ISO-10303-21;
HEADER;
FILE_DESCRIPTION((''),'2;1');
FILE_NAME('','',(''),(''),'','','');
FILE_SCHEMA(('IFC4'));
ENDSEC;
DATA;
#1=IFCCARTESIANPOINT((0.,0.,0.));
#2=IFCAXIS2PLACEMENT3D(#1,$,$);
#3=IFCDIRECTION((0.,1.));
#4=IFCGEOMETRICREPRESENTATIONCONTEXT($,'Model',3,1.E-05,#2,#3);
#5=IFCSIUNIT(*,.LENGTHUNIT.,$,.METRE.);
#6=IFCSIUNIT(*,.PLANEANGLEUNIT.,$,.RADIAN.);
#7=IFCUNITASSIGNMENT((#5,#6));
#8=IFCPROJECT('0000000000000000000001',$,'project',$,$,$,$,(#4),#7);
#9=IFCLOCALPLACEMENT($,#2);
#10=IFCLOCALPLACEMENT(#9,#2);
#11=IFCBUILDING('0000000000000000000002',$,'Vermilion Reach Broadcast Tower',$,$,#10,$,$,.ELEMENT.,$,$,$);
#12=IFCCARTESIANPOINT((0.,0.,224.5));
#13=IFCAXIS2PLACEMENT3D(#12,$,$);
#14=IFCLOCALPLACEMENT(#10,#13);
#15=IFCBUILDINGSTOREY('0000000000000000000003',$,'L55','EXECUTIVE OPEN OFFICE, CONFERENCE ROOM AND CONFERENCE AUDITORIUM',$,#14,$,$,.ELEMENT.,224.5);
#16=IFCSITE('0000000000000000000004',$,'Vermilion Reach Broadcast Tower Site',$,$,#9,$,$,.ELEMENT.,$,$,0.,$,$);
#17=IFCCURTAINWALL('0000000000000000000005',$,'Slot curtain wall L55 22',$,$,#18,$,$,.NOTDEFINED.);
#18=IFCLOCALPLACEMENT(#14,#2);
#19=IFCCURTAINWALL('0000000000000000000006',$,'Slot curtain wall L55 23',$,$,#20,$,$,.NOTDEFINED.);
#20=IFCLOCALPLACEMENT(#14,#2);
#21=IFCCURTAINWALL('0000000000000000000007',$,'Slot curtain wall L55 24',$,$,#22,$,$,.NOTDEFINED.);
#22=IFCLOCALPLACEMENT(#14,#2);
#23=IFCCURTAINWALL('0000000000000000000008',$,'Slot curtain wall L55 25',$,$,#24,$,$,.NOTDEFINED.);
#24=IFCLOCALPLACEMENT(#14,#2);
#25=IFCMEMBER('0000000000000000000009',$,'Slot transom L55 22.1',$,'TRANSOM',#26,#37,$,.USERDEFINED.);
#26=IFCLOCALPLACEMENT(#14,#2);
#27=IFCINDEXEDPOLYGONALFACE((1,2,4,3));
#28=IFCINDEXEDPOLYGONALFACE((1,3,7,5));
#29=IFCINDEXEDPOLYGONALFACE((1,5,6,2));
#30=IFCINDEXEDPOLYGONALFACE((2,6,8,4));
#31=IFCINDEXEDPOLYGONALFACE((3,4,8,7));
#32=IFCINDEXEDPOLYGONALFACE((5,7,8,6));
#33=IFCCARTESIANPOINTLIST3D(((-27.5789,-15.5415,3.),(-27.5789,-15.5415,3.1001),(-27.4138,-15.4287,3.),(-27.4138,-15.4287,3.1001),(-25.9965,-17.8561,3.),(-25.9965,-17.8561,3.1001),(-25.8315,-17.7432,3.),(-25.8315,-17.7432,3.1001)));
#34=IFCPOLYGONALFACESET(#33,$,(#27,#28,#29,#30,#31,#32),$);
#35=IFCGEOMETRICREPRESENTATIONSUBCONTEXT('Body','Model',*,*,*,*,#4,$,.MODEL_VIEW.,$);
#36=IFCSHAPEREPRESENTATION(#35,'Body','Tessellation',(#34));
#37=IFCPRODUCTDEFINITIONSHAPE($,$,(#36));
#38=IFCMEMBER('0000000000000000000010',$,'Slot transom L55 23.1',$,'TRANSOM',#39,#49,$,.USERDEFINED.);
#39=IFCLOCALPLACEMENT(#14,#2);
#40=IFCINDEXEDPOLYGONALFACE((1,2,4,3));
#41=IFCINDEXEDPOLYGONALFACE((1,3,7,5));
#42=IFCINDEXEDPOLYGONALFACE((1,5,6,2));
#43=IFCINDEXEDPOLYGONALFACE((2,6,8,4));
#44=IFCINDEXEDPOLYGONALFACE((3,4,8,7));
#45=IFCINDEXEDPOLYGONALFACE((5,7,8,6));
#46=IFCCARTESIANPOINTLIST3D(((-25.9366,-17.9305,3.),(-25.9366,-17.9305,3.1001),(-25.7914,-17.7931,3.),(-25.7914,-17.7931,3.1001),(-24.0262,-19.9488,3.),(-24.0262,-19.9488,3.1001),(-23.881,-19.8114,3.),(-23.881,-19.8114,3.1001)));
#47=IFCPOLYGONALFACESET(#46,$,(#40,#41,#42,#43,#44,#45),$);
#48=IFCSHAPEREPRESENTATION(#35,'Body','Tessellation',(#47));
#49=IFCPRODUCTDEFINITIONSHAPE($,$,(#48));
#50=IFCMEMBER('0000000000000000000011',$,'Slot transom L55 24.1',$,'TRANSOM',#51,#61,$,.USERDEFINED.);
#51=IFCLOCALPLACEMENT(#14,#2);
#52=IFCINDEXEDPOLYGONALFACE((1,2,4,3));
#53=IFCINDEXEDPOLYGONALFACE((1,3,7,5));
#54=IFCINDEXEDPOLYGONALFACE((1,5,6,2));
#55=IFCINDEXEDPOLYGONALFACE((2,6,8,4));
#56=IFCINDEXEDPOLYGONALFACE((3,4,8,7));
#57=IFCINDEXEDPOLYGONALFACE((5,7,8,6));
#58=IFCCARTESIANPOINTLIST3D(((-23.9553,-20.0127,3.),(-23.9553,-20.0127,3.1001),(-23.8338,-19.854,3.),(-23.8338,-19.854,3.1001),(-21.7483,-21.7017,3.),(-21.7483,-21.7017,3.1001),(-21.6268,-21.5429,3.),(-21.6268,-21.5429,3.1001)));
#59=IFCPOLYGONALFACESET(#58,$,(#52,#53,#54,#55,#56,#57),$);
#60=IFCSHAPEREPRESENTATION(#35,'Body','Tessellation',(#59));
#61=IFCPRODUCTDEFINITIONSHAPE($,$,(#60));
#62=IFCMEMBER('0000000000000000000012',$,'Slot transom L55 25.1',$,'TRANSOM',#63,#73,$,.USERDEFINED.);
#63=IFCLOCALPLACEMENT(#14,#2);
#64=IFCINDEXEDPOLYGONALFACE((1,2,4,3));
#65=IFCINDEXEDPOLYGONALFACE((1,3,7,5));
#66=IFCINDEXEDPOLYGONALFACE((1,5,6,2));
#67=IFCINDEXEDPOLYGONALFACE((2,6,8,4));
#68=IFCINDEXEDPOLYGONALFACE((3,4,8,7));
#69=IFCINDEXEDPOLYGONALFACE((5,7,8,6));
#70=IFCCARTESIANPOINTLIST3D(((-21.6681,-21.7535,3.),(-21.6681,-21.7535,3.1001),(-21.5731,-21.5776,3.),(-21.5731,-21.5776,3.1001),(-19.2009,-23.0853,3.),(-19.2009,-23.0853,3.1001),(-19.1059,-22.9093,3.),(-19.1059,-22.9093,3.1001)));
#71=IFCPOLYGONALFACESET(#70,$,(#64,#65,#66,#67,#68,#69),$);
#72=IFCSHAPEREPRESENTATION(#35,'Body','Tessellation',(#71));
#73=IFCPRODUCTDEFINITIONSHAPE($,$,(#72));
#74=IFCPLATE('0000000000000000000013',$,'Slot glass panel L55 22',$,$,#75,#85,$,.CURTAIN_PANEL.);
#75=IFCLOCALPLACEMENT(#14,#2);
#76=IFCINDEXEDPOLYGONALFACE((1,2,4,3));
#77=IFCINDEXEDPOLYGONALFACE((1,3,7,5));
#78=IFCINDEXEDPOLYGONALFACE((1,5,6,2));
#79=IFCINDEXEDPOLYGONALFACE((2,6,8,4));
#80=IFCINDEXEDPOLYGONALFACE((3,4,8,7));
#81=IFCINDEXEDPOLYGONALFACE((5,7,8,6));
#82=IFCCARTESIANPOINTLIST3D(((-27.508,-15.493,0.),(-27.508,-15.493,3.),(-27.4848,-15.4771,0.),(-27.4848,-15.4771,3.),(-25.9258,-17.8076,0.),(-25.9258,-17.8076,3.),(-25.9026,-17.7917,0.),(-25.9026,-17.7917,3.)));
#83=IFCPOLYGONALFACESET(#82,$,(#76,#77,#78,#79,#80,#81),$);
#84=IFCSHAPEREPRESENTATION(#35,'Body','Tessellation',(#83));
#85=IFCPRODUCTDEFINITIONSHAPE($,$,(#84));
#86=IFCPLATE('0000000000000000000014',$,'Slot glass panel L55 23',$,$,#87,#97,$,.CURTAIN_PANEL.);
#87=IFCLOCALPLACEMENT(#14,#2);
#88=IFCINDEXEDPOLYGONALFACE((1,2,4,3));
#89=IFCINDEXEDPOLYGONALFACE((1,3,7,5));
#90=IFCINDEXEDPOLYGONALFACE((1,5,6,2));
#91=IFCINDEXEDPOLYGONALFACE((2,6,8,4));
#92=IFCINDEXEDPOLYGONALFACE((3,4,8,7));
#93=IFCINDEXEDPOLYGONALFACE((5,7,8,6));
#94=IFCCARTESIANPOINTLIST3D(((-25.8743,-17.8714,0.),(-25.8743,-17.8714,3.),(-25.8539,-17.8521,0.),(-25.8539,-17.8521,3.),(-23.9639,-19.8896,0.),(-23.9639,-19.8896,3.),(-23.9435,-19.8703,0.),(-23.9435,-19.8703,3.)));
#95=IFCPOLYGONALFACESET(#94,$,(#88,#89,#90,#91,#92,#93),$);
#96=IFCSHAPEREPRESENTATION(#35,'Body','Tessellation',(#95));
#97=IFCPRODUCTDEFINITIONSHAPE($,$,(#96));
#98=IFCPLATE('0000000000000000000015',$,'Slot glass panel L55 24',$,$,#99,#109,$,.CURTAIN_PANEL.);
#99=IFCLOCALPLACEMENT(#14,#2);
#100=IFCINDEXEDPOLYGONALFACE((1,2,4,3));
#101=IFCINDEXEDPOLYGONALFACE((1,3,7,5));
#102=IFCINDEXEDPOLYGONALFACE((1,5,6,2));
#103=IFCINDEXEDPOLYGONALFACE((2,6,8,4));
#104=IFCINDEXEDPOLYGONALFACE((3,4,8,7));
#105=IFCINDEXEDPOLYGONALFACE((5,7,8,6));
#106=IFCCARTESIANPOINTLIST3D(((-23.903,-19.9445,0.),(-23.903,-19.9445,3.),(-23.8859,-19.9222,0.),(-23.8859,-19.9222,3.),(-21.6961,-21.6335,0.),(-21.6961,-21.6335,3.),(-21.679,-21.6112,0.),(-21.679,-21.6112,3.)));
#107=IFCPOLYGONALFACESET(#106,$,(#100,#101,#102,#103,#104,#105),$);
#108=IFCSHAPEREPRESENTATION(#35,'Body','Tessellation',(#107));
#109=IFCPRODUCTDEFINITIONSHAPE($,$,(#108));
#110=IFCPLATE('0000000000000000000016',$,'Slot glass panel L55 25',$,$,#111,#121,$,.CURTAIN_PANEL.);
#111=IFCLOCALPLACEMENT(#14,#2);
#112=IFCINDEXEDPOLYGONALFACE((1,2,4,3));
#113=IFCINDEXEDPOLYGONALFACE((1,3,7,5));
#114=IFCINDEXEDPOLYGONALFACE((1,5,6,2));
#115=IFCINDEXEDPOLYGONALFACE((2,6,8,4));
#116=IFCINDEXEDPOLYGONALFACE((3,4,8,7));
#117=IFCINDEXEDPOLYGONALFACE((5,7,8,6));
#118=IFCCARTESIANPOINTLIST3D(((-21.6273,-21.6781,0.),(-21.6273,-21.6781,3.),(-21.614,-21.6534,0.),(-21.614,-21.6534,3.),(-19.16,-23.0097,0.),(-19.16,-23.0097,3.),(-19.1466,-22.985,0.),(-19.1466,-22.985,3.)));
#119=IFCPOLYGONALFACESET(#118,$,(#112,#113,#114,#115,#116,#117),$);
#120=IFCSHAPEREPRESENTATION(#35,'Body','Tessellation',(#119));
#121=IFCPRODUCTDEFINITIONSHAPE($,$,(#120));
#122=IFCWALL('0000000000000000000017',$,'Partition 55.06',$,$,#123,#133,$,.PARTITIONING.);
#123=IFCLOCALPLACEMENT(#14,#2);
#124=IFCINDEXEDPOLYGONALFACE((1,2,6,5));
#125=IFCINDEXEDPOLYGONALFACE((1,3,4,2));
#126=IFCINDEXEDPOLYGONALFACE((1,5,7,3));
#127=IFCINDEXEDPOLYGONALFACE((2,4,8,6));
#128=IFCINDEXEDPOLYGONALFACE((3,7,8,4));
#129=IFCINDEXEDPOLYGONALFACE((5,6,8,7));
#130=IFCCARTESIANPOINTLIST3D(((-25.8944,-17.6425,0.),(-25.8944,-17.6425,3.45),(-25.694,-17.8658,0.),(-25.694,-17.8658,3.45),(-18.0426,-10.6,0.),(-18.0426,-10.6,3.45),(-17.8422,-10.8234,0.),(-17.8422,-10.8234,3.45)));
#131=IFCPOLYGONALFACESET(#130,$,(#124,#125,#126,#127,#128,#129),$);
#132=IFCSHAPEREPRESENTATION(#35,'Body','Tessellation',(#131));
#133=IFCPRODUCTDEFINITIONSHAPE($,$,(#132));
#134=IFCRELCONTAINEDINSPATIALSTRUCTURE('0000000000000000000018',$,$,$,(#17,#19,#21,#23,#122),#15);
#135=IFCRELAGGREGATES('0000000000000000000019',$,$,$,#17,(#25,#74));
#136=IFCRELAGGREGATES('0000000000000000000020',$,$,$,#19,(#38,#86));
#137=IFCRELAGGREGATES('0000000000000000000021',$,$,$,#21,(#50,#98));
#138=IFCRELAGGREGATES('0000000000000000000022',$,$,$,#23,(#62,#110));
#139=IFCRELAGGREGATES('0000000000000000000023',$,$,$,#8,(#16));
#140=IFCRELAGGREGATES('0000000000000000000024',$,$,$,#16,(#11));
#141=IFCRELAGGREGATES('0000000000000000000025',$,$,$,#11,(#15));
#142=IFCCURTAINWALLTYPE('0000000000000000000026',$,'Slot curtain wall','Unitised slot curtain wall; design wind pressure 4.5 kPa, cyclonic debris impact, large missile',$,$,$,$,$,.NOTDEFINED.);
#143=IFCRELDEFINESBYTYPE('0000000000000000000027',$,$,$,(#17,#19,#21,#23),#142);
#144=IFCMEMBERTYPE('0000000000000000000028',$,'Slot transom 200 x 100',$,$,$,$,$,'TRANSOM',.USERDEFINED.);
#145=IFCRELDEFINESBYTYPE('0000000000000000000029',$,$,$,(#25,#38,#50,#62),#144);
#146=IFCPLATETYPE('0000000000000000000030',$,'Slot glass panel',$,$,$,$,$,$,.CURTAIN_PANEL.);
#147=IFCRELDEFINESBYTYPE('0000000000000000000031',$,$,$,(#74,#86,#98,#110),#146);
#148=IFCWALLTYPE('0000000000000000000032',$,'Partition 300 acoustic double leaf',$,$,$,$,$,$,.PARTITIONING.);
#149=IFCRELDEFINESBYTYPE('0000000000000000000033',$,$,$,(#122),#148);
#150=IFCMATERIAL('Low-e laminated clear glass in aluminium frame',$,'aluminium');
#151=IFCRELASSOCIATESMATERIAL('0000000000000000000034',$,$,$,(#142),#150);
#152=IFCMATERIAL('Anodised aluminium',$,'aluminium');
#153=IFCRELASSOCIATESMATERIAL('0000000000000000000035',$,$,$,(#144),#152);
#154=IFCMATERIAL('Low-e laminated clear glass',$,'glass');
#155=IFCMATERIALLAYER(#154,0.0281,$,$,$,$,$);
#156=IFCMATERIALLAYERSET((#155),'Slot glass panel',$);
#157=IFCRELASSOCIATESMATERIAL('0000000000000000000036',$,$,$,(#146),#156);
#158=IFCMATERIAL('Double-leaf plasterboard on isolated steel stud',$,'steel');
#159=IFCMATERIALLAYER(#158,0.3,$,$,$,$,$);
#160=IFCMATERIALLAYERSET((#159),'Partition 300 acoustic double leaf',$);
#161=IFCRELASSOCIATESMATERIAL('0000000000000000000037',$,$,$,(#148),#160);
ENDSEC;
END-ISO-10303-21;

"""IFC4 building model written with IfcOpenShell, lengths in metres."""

from ifc_helpers import new_model, si_unit, direction, frame, frame_2d, origin, origin_2d, place, context, subcontext, project, spatial, rectangle, extrude, material, layer, layer_set, material_profile, profile_set, type_object, element, aggregate, save


model = new_model("IFC4")

# Units and contexts
model_context = context("Model", 3, precision=1e-05, world=origin(), true_north=direction((0.0, 1.0)))
body_context = subcontext(model_context, "Body", "Model", "MODEL_VIEW")
ifc_project = project(units=[si_unit("LENGTHUNIT", "METRE"), si_unit("PLANEANGLEUNIT", "RADIAN")], contexts=[model_context])

# Site, building, storey
site_placement = place(None, origin())
site = spatial("IfcSite", under=ifc_project, at=site_placement, Name="Vermilion Reach Broadcast Tower Site", CompositionType="ELEMENT", RefElevation=0.0)
building_placement = place(site_placement, origin())
building = spatial("IfcBuilding", under=site, at=building_placement, Name="Vermilion Reach Broadcast Tower", CompositionType="ELEMENT")
storey_placement = place(building_placement, frame((0.0, 0.0, 224.5)))
storey = spatial("IfcBuildingStorey", under=building, at=storey_placement, Name="L55", Description="EXECUTIVE OPEN OFFICE, CONFERENCE ROOM AND CONFERENCE AUDITORIUM", CompositionType="ELEMENT", Elevation=224.5)

# Curtain walls
ifc_material_1 = material(Name="Low-e laminated clear glass in aluminium frame", Category="aluminium")
curtain_wall_type = type_object("IfcCurtainWallType", Name="Slot curtain wall", Description="Unitised slot curtain wall; design wind pressure 4.5 kPa, cyclonic debris impact, large missile", PredefinedType="NOTDEFINED", material=ifc_material_1)
placement = place(storey_placement, origin())
curtain_wall_1 = element("IfcCurtainWall", 1, at=placement, inside=storey, type_object=curtain_wall_type, Name="Slot curtain wall L55 22", PredefinedType="NOTDEFINED")
curtain_wall_2 = element("IfcCurtainWall", 2, at=placement, inside=storey, type_object=curtain_wall_type, Name="Slot curtain wall L55 23", PredefinedType="NOTDEFINED")
curtain_wall_3 = element("IfcCurtainWall", 3, at=placement, inside=storey, type_object=curtain_wall_type, Name="Slot curtain wall L55 24", PredefinedType="NOTDEFINED")
curtain_wall_4 = element("IfcCurtainWall", 4, at=placement, inside=storey, type_object=curtain_wall_type, Name="Slot curtain wall L55 25", PredefinedType="NOTDEFINED")

# Members
ifc_material_2 = material(Name="Anodised aluminium", Category="aluminium")
ifc_material_profile_1 = material_profile(ifc_material_2, rectangle(XDim=0.2, YDim=0.1001, at=origin_2d()), Name="Slot transom 200 x 100")
ifc_profile_set_1 = profile_set([ifc_material_profile_1], Name="Anodised aluminium")
member_type_1 = type_object("IfcMemberType", Name="Slot transom 200 x 100", ElementType="TRANSOM", PredefinedType="USERDEFINED", material=ifc_profile_set_1)
member_1_placement = place(storey_placement, frame((-27.4963, -15.4851, 3.05), z_axis=(0.564369, -0.825523, 0.0), x_axis=(0.825523, 0.564369, 0.0)))
member_1 = element("IfcMember", 5, at=member_1_placement, type_object=member_type_1, Name="Slot transom L55 22.1", ObjectType="TRANSOM", PredefinedType="USERDEFINED", context=body_context, shape_type="SweptSolid", body=[
    extrude(rectangle(XDim=0.2, YDim=0.1001, at=origin_2d()), origin(), (0.0, 0.0, 1.0), 2.8037),
])
member_2_placement = place(storey_placement, frame((-25.864, -17.8618, 3.05), z_axis=(0.687425, -0.726255, 0.0), x_axis=(0.726255, 0.687425, 0.0)))
member_2 = element("IfcMember", 6, at=member_2_placement, type_object=member_type_1, Name="Slot transom L55 23.1", ObjectType="TRANSOM", PredefinedType="USERDEFINED", context=body_context, shape_type="SweptSolid", body=[
    extrude(rectangle(XDim=0.2, YDim=0.1001, at=origin_2d()), origin(), (0.0, 0.0, 1.0), 2.7791),
])
member_3_placement = place(storey_placement, frame((-23.8945, -19.9333, 3.05), z_axis=(0.794143, -0.60773, 0.0), x_axis=(0.60773, 0.794143, 0.0)))
member_3 = element("IfcMember", 7, at=member_3_placement, type_object=member_type_1, Name="Slot transom L55 24.1", ObjectType="TRANSOM", PredefinedType="USERDEFINED", context=body_context, shape_type="SweptSolid", body=[
    extrude(rectangle(XDim=0.2, YDim=0.1001, at=origin_2d()), origin(), (0.0, 0.0, 1.0), 2.7791),
])
member_4_placement = place(storey_placement, frame((-21.6206, -21.6655, 3.05), z_axis=(0.879987, -0.474998, 0.0), x_axis=(0.474998, 0.879987, 0.0)))
member_4 = element("IfcMember", 8, at=member_4_placement, type_object=member_type_1, Name="Slot transom L55 25.1", ObjectType="TRANSOM", PredefinedType="USERDEFINED", context=body_context, shape_type="SweptSolid", body=[
    extrude(rectangle(XDim=0.2, YDim=0.1001, at=origin_2d()), origin(), (0.0, 0.0, 1.0), 2.8037),
])

# Plates
ifc_material_3 = material(Name="Low-e laminated clear glass", Category="glass")
ifc_layer_1 = layer(ifc_material_3, 0.0281)
ifc_layer_set_1 = layer_set([ifc_layer_1], Name="Slot glass panel")
plate_type = type_object("IfcPlateType", Name="Slot glass panel", PredefinedType="CURTAIN_PANEL", material=ifc_layer_set_1)
plate_1_placement = place(storey_placement, frame((-26.7053, -16.6423, 0.0), z_axis=(0.0, 0.0, 1.0), x_axis=(0.564325, -0.825553, 0.0)))
plate_1 = element("IfcPlate", 9, at=plate_1_placement, type_object=plate_type, Name="Slot glass panel L55 22", PredefinedType="CURTAIN_PANEL", context=body_context, shape_type="SweptSolid", body=[
    extrude(rectangle(XDim=2.8037, YDim=0.0281, at=origin_2d()), origin(), (0.0, 0.0, 1.0), 3.0),
])
aggregate(curtain_wall_1, [member_1, plate_1])
plate_2_placement = place(storey_placement, frame((-24.9089, -18.8708, 0.0), z_axis=(0.0, 0.0, 1.0), x_axis=(0.687427, -0.726254, 0.0)))
plate_2 = element("IfcPlate", 10, at=plate_2_placement, type_object=plate_type, Name="Slot glass panel L55 23", PredefinedType="CURTAIN_PANEL", context=body_context, shape_type="SweptSolid", body=[
    extrude(rectangle(XDim=2.7791, YDim=0.0281, at=origin_2d()), origin(), (0.0, 0.0, 1.0), 3.0),
])
aggregate(curtain_wall_2, [member_2, plate_2])
plate_3_placement = place(storey_placement, frame((-22.791, -20.7778, 0.0), z_axis=(0.0, 0.0, 1.0), x_axis=(0.794131, -0.607747, 0.0)))
plate_3 = element("IfcPlate", 11, at=plate_3_placement, type_object=plate_type, Name="Slot glass panel L55 24", PredefinedType="CURTAIN_PANEL", context=body_context, shape_type="SweptSolid", body=[
    extrude(rectangle(XDim=2.7791, YDim=0.0281, at=origin_2d()), origin(), (0.0, 0.0, 1.0), 3.0),
])
aggregate(curtain_wall_3, [member_3, plate_3])
plate_4_placement = place(storey_placement, frame((-20.387, -22.3315, 0.0), z_axis=(0.0, 0.0, 1.0), x_axis=(0.880018, -0.47494, 0.0)))
plate_4 = element("IfcPlate", 12, at=plate_4_placement, type_object=plate_type, Name="Slot glass panel L55 25", PredefinedType="CURTAIN_PANEL", context=body_context, shape_type="SweptSolid", body=[
    extrude(rectangle(XDim=2.8037, YDim=0.0281, at=origin_2d()), origin(), (0.0, 0.0, 1.0), 3.0),
])
aggregate(curtain_wall_4, [member_4, plate_4])

# Wall
ifc_material_4 = material(Name="Double-leaf plasterboard on isolated steel stud", Category="steel")
ifc_layer_2 = layer(ifc_material_4, 0.3)
ifc_layer_set_2 = layer_set([ifc_layer_2], Name="Partition 300 acoustic double leaf")
wall_type = type_object("IfcWallType", Name="Partition 300 acoustic double leaf", PredefinedType="PARTITIONING", material=ifc_layer_set_2)
wall_placement = place(storey_placement, frame((-25.7942, -17.7542, 0.0), z_axis=(0.0, 0.0, 1.0), x_axis=(0.744431, 0.667699, 0.0)))
element("IfcWall", 13, at=wall_placement, inside=storey, type_object=wall_type, Name="Partition 55.06", PredefinedType="PARTITIONING", context=body_context, shape_type="SweptSolid", body=[
    extrude(rectangle(XDim=10.5474, YDim=0.3, at=frame_2d((5.2737, 0.0))), origin(), (0.0, 0.0, 1.0), 3.45),
])

save(model, "model.ifc")
